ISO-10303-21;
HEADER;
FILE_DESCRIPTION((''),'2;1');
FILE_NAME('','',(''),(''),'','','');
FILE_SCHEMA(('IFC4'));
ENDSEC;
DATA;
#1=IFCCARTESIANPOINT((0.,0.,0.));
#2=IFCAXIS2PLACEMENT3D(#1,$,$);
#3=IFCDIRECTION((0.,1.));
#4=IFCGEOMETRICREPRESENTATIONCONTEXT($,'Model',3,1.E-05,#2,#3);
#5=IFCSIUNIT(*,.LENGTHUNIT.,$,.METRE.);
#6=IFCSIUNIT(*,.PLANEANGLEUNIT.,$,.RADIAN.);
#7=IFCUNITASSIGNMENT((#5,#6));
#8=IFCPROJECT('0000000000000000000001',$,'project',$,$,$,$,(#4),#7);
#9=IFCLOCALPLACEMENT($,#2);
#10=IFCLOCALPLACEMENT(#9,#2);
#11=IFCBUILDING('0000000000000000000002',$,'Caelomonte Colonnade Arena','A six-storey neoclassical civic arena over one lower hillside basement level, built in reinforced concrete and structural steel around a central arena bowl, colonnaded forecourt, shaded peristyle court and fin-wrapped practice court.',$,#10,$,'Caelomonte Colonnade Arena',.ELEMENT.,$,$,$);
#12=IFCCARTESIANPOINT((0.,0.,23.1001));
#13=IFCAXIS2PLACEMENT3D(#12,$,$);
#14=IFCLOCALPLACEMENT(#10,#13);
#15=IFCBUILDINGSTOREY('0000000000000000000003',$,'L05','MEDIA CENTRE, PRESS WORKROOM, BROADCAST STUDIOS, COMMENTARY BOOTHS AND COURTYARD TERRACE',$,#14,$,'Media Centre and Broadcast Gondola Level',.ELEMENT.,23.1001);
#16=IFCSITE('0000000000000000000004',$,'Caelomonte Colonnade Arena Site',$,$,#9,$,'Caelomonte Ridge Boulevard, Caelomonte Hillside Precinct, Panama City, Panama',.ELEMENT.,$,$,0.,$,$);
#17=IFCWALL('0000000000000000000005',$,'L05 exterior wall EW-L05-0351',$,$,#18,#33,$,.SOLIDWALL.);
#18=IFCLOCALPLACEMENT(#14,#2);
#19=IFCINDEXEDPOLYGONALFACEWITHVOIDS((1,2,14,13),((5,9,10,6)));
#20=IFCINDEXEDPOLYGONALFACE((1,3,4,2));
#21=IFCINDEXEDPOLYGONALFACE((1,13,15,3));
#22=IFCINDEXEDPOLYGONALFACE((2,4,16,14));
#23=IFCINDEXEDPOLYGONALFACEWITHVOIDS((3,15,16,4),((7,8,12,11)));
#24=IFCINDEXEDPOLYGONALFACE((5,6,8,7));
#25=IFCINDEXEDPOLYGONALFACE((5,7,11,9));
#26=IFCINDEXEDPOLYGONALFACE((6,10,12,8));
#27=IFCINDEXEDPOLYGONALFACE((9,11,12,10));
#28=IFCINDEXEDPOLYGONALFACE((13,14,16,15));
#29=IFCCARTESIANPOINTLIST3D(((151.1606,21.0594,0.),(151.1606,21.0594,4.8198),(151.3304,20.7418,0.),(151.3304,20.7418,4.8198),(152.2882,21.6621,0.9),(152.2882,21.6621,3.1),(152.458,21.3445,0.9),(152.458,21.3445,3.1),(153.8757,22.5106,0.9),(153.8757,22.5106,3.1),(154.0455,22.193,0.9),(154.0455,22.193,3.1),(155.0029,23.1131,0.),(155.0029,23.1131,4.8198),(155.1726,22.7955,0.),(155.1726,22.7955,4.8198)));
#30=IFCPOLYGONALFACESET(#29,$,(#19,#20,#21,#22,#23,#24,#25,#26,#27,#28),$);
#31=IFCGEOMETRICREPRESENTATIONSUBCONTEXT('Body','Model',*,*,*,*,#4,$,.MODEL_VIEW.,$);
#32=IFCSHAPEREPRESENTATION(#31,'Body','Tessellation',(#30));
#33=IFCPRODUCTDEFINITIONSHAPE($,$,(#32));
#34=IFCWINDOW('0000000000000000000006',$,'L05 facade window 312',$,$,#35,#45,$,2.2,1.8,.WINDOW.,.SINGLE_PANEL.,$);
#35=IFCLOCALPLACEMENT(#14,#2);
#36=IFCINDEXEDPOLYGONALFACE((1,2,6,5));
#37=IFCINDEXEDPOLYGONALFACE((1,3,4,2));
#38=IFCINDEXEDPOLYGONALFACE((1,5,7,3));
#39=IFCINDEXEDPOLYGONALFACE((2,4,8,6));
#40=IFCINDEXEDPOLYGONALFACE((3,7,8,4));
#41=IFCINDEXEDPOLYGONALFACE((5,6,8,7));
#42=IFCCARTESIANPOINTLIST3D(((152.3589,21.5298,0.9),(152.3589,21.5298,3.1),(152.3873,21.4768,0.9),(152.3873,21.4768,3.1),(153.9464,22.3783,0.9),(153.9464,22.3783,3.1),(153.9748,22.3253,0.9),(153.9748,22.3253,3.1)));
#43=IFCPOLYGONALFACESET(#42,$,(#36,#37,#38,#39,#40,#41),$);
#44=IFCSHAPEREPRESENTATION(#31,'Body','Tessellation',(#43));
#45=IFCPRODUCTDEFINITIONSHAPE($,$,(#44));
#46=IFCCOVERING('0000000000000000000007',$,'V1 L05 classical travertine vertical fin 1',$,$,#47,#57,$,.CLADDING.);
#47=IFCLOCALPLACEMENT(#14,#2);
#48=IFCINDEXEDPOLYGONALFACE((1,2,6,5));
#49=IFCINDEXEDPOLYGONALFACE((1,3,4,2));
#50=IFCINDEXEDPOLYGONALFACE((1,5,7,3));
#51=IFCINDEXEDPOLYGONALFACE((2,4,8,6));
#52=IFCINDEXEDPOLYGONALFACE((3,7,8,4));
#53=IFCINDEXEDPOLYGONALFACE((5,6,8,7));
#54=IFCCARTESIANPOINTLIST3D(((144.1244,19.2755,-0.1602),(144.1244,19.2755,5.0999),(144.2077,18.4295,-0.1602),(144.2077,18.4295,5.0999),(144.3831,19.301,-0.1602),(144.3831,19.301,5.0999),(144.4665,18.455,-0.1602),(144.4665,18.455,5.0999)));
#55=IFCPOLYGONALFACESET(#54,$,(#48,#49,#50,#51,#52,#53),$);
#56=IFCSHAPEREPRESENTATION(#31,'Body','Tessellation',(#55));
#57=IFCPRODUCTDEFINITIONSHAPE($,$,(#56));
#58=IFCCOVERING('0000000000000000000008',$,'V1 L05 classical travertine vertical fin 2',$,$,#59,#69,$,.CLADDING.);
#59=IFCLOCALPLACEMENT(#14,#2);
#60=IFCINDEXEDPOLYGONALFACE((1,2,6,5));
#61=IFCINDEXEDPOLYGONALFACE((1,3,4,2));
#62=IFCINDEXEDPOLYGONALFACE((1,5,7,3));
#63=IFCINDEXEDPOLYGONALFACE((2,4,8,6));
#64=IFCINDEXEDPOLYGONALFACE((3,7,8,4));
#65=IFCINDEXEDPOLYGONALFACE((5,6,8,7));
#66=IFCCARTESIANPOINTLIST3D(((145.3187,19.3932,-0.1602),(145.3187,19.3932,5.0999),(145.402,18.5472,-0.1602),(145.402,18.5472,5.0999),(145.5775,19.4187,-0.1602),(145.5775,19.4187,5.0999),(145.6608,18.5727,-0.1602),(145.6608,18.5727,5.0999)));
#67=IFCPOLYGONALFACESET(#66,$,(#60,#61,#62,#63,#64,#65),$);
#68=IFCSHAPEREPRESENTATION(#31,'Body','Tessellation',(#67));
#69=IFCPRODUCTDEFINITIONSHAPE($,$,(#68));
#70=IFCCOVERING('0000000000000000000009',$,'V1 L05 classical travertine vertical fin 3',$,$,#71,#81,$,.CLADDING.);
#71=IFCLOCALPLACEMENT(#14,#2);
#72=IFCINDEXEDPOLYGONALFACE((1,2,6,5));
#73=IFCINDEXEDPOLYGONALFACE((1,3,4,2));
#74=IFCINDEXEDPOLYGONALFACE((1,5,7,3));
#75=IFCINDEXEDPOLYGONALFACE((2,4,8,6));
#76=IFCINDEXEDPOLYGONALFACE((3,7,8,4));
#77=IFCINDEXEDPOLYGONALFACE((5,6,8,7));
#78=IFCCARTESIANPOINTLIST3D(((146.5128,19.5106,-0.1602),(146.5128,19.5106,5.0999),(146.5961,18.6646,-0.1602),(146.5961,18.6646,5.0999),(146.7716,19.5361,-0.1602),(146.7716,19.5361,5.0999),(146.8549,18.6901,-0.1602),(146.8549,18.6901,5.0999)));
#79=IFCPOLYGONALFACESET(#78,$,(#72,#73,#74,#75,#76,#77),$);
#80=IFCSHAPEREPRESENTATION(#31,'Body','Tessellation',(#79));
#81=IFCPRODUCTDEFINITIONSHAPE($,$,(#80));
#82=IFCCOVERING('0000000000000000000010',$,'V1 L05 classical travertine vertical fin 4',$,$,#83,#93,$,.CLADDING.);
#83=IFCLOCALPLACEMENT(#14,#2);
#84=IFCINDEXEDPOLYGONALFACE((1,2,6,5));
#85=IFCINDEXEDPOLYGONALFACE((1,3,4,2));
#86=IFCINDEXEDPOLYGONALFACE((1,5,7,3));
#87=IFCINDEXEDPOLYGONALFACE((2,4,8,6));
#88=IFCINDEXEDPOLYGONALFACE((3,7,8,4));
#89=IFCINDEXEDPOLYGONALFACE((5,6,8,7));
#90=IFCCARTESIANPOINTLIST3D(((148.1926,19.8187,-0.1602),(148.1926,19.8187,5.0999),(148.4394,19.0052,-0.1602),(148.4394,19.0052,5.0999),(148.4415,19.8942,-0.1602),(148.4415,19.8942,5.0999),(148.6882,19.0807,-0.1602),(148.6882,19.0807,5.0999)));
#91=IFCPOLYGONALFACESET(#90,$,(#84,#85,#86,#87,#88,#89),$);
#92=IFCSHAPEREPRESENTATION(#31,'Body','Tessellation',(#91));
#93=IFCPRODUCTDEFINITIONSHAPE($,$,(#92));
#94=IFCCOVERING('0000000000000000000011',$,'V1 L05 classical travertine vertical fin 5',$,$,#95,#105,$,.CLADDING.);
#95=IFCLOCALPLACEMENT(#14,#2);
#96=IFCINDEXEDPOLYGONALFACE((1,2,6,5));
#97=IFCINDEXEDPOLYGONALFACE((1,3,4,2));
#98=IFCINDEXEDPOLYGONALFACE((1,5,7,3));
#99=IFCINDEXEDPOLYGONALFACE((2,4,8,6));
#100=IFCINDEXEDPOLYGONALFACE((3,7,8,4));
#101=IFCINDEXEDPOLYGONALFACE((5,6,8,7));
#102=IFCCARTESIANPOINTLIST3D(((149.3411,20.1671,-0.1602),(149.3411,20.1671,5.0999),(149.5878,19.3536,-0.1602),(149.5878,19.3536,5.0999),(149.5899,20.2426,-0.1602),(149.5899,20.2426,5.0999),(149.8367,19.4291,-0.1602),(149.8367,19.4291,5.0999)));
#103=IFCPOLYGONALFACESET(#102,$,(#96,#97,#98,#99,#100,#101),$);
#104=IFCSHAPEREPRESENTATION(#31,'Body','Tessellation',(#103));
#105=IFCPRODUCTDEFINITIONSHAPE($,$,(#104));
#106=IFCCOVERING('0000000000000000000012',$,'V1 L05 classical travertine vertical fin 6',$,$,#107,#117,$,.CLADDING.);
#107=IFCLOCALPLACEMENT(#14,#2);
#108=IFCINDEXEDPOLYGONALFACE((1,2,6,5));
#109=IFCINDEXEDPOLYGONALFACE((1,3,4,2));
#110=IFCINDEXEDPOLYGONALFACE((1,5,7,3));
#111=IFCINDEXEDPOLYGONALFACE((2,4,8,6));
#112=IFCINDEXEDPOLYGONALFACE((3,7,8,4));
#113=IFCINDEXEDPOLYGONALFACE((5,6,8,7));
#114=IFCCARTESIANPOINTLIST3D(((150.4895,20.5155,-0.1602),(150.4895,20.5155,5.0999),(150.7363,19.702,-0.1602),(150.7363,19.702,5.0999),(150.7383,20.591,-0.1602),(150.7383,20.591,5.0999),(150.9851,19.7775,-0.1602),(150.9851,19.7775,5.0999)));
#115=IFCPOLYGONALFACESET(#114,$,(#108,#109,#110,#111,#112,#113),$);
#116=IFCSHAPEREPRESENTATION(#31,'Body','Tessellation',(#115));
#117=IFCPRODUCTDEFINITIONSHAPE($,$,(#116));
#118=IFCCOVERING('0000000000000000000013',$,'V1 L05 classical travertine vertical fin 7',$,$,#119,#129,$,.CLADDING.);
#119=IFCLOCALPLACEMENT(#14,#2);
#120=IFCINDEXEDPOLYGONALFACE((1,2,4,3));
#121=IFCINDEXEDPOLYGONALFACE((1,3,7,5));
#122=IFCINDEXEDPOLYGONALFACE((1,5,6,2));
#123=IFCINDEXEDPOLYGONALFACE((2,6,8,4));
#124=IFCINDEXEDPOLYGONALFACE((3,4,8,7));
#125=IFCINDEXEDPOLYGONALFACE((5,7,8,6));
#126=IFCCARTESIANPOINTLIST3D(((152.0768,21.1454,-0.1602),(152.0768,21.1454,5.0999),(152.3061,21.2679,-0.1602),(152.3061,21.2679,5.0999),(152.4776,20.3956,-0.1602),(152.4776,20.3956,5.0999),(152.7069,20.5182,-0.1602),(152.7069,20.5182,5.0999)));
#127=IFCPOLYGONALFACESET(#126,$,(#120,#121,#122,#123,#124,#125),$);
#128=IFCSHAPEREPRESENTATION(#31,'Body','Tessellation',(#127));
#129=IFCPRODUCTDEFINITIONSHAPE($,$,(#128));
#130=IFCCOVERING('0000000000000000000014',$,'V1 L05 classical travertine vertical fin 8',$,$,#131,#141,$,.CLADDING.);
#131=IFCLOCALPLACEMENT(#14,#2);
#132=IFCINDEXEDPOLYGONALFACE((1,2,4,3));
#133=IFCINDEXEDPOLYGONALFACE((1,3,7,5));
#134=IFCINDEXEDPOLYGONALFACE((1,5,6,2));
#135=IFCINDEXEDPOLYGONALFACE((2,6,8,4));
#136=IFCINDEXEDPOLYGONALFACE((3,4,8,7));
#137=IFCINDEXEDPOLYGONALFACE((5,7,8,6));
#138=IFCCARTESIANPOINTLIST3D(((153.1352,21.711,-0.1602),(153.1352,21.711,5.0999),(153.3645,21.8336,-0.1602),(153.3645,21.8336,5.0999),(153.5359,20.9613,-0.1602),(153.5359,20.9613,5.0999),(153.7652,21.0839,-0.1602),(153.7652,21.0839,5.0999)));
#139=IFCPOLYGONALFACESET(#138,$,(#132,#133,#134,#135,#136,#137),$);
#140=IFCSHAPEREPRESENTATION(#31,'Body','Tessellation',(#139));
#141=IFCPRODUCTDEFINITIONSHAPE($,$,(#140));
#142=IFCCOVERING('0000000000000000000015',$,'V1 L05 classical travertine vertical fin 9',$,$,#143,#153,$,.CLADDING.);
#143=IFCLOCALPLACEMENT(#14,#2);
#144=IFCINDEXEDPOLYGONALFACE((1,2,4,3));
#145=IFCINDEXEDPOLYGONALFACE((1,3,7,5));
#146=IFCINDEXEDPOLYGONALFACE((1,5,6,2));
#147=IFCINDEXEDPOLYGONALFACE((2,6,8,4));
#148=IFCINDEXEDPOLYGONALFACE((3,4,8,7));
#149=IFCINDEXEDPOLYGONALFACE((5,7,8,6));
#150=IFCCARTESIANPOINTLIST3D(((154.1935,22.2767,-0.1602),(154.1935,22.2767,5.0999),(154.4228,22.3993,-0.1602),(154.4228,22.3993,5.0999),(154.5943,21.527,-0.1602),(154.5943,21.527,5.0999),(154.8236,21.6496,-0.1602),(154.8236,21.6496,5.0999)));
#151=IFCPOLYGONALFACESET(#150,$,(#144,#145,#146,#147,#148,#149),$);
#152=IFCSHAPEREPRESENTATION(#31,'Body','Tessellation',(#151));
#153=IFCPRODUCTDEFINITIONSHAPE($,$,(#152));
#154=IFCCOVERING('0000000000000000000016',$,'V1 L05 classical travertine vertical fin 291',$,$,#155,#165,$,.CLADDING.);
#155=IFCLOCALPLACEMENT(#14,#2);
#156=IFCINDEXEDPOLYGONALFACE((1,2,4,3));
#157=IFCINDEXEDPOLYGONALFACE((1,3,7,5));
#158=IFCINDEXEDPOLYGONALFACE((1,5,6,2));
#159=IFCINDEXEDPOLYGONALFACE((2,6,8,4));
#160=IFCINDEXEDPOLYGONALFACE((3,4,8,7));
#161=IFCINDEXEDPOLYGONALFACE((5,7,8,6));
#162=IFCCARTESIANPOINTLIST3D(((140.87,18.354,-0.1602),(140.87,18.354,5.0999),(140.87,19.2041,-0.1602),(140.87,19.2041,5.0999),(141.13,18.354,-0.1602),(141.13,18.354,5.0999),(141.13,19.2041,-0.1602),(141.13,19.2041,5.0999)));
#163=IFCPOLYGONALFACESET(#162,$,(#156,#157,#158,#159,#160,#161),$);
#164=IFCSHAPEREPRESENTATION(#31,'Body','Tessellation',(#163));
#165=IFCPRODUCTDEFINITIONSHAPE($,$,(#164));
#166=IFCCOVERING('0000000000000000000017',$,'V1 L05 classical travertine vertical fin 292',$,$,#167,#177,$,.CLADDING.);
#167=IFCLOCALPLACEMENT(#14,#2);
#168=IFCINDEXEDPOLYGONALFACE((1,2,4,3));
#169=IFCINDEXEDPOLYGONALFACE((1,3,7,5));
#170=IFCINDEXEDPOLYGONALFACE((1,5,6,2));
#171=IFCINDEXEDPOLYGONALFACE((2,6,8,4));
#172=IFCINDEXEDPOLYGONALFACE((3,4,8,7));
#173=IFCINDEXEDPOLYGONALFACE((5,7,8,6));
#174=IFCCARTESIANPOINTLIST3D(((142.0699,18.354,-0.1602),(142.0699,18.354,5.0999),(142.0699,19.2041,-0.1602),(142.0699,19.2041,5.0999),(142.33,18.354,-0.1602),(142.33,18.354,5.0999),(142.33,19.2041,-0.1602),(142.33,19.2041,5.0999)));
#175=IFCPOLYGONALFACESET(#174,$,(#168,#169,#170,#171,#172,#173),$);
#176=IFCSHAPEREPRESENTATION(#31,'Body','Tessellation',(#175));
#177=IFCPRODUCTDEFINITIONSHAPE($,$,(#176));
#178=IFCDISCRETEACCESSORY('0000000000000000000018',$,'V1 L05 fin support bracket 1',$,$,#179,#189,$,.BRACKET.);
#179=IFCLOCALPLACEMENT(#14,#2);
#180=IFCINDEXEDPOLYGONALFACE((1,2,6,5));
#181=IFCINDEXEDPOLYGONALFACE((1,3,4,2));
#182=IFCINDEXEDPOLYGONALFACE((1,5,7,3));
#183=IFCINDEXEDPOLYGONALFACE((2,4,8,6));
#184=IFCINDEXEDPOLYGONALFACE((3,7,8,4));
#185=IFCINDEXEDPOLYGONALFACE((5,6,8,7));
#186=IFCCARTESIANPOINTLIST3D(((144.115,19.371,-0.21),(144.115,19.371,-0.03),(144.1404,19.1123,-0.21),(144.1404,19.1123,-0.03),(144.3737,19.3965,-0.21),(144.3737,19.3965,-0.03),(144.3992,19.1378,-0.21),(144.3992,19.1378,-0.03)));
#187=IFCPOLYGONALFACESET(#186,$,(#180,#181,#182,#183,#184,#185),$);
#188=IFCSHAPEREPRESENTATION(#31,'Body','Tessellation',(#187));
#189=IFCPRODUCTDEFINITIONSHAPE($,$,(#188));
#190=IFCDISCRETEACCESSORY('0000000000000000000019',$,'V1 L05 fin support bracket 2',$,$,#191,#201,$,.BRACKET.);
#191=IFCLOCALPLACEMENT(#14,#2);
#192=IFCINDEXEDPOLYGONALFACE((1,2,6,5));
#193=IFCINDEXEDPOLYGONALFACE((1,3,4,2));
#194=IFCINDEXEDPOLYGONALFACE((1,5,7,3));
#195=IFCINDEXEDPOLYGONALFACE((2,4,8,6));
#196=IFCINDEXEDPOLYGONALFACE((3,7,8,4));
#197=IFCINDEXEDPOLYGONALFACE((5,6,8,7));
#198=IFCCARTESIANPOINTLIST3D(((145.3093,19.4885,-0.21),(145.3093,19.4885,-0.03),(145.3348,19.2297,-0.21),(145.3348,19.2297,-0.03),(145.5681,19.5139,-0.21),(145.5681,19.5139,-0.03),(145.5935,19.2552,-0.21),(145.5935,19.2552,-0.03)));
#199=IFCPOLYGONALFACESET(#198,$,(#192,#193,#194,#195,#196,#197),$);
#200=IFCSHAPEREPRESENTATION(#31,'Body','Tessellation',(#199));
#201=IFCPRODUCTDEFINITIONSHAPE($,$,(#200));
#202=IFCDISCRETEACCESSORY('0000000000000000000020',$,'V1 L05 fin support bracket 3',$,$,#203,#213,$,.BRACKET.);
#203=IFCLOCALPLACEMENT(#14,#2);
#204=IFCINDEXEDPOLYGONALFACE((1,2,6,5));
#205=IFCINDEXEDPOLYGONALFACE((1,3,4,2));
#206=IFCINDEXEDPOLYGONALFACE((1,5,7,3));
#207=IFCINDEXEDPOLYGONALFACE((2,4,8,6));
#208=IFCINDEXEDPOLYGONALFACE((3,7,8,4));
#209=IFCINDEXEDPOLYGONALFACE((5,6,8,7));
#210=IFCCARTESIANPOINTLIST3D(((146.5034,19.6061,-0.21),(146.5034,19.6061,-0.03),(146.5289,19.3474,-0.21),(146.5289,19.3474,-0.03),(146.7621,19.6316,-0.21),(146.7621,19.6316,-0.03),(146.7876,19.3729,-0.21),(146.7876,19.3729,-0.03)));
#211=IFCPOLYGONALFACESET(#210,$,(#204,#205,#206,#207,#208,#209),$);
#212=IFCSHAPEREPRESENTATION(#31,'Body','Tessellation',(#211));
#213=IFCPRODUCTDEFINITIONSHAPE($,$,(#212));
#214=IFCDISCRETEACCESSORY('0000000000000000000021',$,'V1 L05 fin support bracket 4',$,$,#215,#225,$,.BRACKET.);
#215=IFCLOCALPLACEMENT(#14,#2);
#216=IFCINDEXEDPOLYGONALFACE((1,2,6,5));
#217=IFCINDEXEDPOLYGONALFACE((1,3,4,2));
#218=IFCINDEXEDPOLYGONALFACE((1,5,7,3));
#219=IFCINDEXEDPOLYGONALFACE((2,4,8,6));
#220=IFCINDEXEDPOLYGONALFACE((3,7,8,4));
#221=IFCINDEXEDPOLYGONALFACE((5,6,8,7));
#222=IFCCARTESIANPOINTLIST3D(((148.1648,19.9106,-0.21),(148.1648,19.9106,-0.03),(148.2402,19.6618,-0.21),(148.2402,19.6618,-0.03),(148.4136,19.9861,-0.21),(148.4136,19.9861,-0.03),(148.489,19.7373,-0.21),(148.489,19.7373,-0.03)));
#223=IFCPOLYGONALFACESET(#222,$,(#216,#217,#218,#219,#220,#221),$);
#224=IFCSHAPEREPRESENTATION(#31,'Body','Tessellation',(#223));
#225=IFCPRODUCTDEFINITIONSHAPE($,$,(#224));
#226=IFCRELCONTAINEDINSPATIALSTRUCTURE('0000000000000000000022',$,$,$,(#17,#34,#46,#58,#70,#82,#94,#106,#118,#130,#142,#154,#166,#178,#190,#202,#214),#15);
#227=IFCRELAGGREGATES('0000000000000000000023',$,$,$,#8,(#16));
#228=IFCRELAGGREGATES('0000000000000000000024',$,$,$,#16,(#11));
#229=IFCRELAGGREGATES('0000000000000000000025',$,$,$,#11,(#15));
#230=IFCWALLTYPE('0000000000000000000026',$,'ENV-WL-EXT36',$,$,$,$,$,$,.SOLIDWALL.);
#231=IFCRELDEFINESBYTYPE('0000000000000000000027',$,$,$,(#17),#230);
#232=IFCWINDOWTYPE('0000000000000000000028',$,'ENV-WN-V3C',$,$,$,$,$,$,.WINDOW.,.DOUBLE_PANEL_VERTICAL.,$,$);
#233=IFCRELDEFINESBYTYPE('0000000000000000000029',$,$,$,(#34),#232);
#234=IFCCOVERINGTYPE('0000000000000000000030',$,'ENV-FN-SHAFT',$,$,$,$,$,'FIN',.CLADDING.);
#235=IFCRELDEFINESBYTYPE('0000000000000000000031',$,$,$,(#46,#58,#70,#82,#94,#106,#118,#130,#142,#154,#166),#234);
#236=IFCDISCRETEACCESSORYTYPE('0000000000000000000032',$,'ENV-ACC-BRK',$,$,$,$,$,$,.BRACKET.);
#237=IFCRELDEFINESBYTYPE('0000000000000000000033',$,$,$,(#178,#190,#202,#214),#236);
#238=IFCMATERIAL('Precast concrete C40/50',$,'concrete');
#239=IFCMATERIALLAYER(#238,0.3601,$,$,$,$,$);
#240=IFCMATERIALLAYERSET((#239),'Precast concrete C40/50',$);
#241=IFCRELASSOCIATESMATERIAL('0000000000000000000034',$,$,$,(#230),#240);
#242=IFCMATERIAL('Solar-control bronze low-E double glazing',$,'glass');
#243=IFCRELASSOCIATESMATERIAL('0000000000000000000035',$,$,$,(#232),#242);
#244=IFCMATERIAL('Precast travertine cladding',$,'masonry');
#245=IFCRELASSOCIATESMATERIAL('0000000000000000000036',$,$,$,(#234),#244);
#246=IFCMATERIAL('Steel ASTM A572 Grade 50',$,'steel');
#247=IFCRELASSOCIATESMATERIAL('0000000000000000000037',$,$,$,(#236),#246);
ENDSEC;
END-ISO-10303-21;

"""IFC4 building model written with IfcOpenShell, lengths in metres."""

from ifc_helpers import new_model, si_unit, direction, frame, frame_2d, origin, origin_2d, place, context, subcontext, project, spatial, rectangle, extrude, material, layer, layer_set, material_profile, profile_set, type_object, element, fill, save


model = new_model("IFC4")

# Units and contexts
model_context = context("Model", 3, precision=1e-05, world=origin(), true_north=direction((0.0, 1.0)))
body_context = subcontext(model_context, "Body", "Model", "MODEL_VIEW")
ifc_project = project(units=[si_unit("LENGTHUNIT", "METRE"), si_unit("PLANEANGLEUNIT", "RADIAN")], contexts=[model_context])

# Site, building, storey
site_placement = place(None, origin())
site = spatial("IfcSite", under=ifc_project, at=site_placement, Name="Caelomonte Colonnade Arena Site", LongName="Caelomonte Ridge Boulevard, Caelomonte Hillside Precinct, Panama City, Panama", CompositionType="ELEMENT", RefElevation=0.0)
building_placement = place(site_placement, origin())
building = spatial("IfcBuilding", under=site, at=building_placement, Name="Caelomonte Colonnade Arena", Description="A six-storey neoclassical civic arena over one lower hillside basement level, built in reinforced concrete and structural steel around a central arena bowl, colonnaded forecourt, shaded peristyle court and fin-wrapped practice court.", LongName="Caelomonte Colonnade Arena", CompositionType="ELEMENT")
storey_placement = place(building_placement, frame((0.0, 0.0, 23.1001)))
storey = spatial("IfcBuildingStorey", under=building, at=storey_placement, Name="L05", Description="MEDIA CENTRE, PRESS WORKROOM, BROADCAST STUDIOS, COMMENTARY BOOTHS AND COURTYARD TERRACE", LongName="Media Centre and Broadcast Gondola Level", CompositionType="ELEMENT", Elevation=23.1001)

# Wall, opening, window
ifc_material_1 = material(Name="Precast concrete C40/50", Category="concrete")
ifc_layer = layer(ifc_material_1, 0.3601)
ifc_layer_set = layer_set([ifc_layer], Name="Precast concrete C40/50")
wall_type = type_object("IfcWallType", Name="ENV-WL-EXT36", PredefinedType="SOLIDWALL", material=ifc_layer_set)
ifc_material_2 = material(Name="Solar-control bronze low-E double glazing", Category="glass")
window_type = type_object("IfcWindowType", Name="ENV-WN-V3C", PartitioningType="DOUBLE_PANEL_VERTICAL", PredefinedType="WINDOW", material=ifc_material_2)
wall_1_placement = place(storey_placement, frame((151.2456, 20.9006, 0.0), z_axis=(0.0, 0.0, 1.0), x_axis=(0.881924, 0.471391, 0.0)))
wall_1 = element("IfcWall", 1, at=wall_1_placement, inside=storey, type_object=wall_type, Name="L05 exterior wall EW-L05-0351", PredefinedType="SOLIDWALL", context=body_context, shape_type="SweptSolid", body=[
    extrude(rectangle(XDim=4.3567, YDim=0.3601, at=frame_2d((2.1782, 0.0))), origin(), (0.0, 0.0, 1.0), 4.8198),
])
opening_1_placement = place(wall_1_placement, frame((3.0784, 0.0, 0.8999), z_axis=(0.0, 0.0, 1.0), x_axis=(-1.0, 0.0, 0.0)))
opening_1 = element("IfcOpeningElement", 2, at=opening_1_placement, cuts=wall_1, PredefinedType="OPENING", context=body_context, shape_type="SweptSolid", body=[
    extrude(rectangle(XDim=1.8, YDim=2.2, at=frame_2d((0.8999, 1.1001))), frame((0.0, 0.1899, 0.0), z_axis=(0.0, -1.0, 0.0), x_axis=(1.0, 0.0, 0.0)), (0.0, 0.0, 1.0), 0.3801),
])
window_1_placement = place(opening_1_placement, origin())
window_1 = element("IfcWindow", 3, at=window_1_placement, inside=storey, type_object=window_type, Name="L05 facade window 312", OverallHeight=2.2, OverallWidth=1.8, PartitioningType="SINGLE_PANEL", PredefinedType="WINDOW", context=body_context, shape_type="SweptSolid", body=[
    extrude(rectangle(XDim=1.8, YDim=2.2, at=frame_2d((0.8999, 1.1001))), frame((0.0, 0.03, 0.0), z_axis=(0.0, -1.0, 0.0), x_axis=(1.0, 0.0, 0.0)), (0.0, 0.0, 1.0), 0.0601),
])
fill(opening_1, window_1)

# Coverings
ifc_material_3 = material(Name="Precast travertine cladding", Category="masonry")
ifc_material_profile_1 = material_profile(ifc_material_3, rectangle(XDim=0.26, YDim=0.8501, at=origin_2d()), Name="FIN260X850")
ifc_profile_set_1 = profile_set([ifc_material_profile_1], Name="Precast travertine cladding")
covering_type = type_object("IfcCoveringType", Name="ENV-FN-SHAFT", ElementType="FIN", PredefinedType="CLADDING", material=ifc_profile_set_1)
for number, where, z_axis, x_axis, name in (
    (4, (144.2954, 18.8652, -0.1602), (0.0, 0.0, 1.0), (-0.995185, -0.098015, 0.0), "V1 L05 classical travertine vertical fin 1"),
    (5, (145.4897, 18.9829, -0.1602), (0.0, 0.0, 1.0), (-0.995185, -0.098015, 0.0), "V1 L05 classical travertine vertical fin 2"),
    (6, (146.6838, 19.1003, -0.1602), (0.0, 0.0, 1.0), (-0.995185, -0.098015, 0.0), "V1 L05 classical travertine vertical fin 3"),
    (7, (148.4404, 19.4497, -0.1602), (0.0, 0.0, 1.0), (-0.956943, -0.290276, 0.0), "V1 L05 classical travertine vertical fin 4"),
    (8, (149.5889, 19.7981, -0.1602), (0.0, 0.0, 1.0), (-0.956943, -0.290276, 0.0), "V1 L05 classical travertine vertical fin 5"),
    (9, (150.7373, 20.1465, -0.1602), (0.0, 0.0, 1.0), (-0.956943, -0.290276, 0.0), "V1 L05 classical travertine vertical fin 6"),
    (10, (152.3918, 20.8318, -0.1602), (0.0, 0.0, 1.0), (-0.881921, -0.471397, 0.0), "V1 L05 classical travertine vertical fin 7"),
    (11, (153.4502, 21.3975, -0.1602), (0.0, 0.0, 1.0), (-0.881921, -0.471397, 0.0), "V1 L05 classical travertine vertical fin 8"),
    (12, (154.5085, 21.9631, -0.1602), (0.0, 0.0, 1.0), (-0.881921, -0.471397, 0.0), "V1 L05 classical travertine vertical fin 9"),
    (13, (141.0, 18.7791, -0.1602), (0.0, 0.0, 1.0), (-1.0, 0.0, 0.0), "V1 L05 classical travertine vertical fin 291"),
    (14, (142.2, 18.7791, -0.1602), (0.0, 0.0, 1.0), (-1.0, 0.0, 0.0), "V1 L05 classical travertine vertical fin 292"),
):
    element("IfcCovering", number, at=place(storey_placement, frame(where, z_axis=z_axis, x_axis=x_axis)), inside=storey, type_object=covering_type, Name=name, PredefinedType="CLADDING", context=body_context, shape_type="SweptSolid", body=[
        extrude(rectangle(XDim=0.26, YDim=0.8501, at=origin_2d()), origin(), (0.0, 0.0, 1.0), 5.26),
    ])

# Discrete accessories
ifc_material_4 = material(Name="Steel ASTM A572 Grade 50", Category="steel")
discrete_accessory_type = type_object("IfcDiscreteAccessoryType", Name="ENV-ACC-BRK", PredefinedType="BRACKET", material=ifc_material_4)
for number, where, z_axis, x_axis, name in (
    (15, (144.2571, 19.2544, -0.21), (0.0, 0.0, 1.0), (0.995185, 0.098015, 0.0), "V1 L05 fin support bracket 1"),
    (16, (145.4514, 19.3718, -0.21), (0.0, 0.0, 1.0), (0.995185, 0.098015, 0.0), "V1 L05 fin support bracket 2"),
    (17, (146.6455, 19.4895, -0.21), (0.0, 0.0, 1.0), (0.995185, 0.098015, 0.0), "V1 L05 fin support bracket 3"),
    (18, (148.3269, 19.824, -0.21), (0.0, 0.0, 1.0), (0.956943, 0.290276, 0.0), "V1 L05 fin support bracket 4"),
):
    element("IfcDiscreteAccessory", number, at=place(storey_placement, frame(where, z_axis=z_axis, x_axis=x_axis)), inside=storey, type_object=discrete_accessory_type, Name=name, PredefinedType="BRACKET", context=body_context, shape_type="SweptSolid", body=[
        extrude(rectangle(XDim=0.26, YDim=0.26, at=origin_2d()), origin(), (0.0, 0.0, 1.0), 0.1799),
    ])

save(model, "model.ifc")
